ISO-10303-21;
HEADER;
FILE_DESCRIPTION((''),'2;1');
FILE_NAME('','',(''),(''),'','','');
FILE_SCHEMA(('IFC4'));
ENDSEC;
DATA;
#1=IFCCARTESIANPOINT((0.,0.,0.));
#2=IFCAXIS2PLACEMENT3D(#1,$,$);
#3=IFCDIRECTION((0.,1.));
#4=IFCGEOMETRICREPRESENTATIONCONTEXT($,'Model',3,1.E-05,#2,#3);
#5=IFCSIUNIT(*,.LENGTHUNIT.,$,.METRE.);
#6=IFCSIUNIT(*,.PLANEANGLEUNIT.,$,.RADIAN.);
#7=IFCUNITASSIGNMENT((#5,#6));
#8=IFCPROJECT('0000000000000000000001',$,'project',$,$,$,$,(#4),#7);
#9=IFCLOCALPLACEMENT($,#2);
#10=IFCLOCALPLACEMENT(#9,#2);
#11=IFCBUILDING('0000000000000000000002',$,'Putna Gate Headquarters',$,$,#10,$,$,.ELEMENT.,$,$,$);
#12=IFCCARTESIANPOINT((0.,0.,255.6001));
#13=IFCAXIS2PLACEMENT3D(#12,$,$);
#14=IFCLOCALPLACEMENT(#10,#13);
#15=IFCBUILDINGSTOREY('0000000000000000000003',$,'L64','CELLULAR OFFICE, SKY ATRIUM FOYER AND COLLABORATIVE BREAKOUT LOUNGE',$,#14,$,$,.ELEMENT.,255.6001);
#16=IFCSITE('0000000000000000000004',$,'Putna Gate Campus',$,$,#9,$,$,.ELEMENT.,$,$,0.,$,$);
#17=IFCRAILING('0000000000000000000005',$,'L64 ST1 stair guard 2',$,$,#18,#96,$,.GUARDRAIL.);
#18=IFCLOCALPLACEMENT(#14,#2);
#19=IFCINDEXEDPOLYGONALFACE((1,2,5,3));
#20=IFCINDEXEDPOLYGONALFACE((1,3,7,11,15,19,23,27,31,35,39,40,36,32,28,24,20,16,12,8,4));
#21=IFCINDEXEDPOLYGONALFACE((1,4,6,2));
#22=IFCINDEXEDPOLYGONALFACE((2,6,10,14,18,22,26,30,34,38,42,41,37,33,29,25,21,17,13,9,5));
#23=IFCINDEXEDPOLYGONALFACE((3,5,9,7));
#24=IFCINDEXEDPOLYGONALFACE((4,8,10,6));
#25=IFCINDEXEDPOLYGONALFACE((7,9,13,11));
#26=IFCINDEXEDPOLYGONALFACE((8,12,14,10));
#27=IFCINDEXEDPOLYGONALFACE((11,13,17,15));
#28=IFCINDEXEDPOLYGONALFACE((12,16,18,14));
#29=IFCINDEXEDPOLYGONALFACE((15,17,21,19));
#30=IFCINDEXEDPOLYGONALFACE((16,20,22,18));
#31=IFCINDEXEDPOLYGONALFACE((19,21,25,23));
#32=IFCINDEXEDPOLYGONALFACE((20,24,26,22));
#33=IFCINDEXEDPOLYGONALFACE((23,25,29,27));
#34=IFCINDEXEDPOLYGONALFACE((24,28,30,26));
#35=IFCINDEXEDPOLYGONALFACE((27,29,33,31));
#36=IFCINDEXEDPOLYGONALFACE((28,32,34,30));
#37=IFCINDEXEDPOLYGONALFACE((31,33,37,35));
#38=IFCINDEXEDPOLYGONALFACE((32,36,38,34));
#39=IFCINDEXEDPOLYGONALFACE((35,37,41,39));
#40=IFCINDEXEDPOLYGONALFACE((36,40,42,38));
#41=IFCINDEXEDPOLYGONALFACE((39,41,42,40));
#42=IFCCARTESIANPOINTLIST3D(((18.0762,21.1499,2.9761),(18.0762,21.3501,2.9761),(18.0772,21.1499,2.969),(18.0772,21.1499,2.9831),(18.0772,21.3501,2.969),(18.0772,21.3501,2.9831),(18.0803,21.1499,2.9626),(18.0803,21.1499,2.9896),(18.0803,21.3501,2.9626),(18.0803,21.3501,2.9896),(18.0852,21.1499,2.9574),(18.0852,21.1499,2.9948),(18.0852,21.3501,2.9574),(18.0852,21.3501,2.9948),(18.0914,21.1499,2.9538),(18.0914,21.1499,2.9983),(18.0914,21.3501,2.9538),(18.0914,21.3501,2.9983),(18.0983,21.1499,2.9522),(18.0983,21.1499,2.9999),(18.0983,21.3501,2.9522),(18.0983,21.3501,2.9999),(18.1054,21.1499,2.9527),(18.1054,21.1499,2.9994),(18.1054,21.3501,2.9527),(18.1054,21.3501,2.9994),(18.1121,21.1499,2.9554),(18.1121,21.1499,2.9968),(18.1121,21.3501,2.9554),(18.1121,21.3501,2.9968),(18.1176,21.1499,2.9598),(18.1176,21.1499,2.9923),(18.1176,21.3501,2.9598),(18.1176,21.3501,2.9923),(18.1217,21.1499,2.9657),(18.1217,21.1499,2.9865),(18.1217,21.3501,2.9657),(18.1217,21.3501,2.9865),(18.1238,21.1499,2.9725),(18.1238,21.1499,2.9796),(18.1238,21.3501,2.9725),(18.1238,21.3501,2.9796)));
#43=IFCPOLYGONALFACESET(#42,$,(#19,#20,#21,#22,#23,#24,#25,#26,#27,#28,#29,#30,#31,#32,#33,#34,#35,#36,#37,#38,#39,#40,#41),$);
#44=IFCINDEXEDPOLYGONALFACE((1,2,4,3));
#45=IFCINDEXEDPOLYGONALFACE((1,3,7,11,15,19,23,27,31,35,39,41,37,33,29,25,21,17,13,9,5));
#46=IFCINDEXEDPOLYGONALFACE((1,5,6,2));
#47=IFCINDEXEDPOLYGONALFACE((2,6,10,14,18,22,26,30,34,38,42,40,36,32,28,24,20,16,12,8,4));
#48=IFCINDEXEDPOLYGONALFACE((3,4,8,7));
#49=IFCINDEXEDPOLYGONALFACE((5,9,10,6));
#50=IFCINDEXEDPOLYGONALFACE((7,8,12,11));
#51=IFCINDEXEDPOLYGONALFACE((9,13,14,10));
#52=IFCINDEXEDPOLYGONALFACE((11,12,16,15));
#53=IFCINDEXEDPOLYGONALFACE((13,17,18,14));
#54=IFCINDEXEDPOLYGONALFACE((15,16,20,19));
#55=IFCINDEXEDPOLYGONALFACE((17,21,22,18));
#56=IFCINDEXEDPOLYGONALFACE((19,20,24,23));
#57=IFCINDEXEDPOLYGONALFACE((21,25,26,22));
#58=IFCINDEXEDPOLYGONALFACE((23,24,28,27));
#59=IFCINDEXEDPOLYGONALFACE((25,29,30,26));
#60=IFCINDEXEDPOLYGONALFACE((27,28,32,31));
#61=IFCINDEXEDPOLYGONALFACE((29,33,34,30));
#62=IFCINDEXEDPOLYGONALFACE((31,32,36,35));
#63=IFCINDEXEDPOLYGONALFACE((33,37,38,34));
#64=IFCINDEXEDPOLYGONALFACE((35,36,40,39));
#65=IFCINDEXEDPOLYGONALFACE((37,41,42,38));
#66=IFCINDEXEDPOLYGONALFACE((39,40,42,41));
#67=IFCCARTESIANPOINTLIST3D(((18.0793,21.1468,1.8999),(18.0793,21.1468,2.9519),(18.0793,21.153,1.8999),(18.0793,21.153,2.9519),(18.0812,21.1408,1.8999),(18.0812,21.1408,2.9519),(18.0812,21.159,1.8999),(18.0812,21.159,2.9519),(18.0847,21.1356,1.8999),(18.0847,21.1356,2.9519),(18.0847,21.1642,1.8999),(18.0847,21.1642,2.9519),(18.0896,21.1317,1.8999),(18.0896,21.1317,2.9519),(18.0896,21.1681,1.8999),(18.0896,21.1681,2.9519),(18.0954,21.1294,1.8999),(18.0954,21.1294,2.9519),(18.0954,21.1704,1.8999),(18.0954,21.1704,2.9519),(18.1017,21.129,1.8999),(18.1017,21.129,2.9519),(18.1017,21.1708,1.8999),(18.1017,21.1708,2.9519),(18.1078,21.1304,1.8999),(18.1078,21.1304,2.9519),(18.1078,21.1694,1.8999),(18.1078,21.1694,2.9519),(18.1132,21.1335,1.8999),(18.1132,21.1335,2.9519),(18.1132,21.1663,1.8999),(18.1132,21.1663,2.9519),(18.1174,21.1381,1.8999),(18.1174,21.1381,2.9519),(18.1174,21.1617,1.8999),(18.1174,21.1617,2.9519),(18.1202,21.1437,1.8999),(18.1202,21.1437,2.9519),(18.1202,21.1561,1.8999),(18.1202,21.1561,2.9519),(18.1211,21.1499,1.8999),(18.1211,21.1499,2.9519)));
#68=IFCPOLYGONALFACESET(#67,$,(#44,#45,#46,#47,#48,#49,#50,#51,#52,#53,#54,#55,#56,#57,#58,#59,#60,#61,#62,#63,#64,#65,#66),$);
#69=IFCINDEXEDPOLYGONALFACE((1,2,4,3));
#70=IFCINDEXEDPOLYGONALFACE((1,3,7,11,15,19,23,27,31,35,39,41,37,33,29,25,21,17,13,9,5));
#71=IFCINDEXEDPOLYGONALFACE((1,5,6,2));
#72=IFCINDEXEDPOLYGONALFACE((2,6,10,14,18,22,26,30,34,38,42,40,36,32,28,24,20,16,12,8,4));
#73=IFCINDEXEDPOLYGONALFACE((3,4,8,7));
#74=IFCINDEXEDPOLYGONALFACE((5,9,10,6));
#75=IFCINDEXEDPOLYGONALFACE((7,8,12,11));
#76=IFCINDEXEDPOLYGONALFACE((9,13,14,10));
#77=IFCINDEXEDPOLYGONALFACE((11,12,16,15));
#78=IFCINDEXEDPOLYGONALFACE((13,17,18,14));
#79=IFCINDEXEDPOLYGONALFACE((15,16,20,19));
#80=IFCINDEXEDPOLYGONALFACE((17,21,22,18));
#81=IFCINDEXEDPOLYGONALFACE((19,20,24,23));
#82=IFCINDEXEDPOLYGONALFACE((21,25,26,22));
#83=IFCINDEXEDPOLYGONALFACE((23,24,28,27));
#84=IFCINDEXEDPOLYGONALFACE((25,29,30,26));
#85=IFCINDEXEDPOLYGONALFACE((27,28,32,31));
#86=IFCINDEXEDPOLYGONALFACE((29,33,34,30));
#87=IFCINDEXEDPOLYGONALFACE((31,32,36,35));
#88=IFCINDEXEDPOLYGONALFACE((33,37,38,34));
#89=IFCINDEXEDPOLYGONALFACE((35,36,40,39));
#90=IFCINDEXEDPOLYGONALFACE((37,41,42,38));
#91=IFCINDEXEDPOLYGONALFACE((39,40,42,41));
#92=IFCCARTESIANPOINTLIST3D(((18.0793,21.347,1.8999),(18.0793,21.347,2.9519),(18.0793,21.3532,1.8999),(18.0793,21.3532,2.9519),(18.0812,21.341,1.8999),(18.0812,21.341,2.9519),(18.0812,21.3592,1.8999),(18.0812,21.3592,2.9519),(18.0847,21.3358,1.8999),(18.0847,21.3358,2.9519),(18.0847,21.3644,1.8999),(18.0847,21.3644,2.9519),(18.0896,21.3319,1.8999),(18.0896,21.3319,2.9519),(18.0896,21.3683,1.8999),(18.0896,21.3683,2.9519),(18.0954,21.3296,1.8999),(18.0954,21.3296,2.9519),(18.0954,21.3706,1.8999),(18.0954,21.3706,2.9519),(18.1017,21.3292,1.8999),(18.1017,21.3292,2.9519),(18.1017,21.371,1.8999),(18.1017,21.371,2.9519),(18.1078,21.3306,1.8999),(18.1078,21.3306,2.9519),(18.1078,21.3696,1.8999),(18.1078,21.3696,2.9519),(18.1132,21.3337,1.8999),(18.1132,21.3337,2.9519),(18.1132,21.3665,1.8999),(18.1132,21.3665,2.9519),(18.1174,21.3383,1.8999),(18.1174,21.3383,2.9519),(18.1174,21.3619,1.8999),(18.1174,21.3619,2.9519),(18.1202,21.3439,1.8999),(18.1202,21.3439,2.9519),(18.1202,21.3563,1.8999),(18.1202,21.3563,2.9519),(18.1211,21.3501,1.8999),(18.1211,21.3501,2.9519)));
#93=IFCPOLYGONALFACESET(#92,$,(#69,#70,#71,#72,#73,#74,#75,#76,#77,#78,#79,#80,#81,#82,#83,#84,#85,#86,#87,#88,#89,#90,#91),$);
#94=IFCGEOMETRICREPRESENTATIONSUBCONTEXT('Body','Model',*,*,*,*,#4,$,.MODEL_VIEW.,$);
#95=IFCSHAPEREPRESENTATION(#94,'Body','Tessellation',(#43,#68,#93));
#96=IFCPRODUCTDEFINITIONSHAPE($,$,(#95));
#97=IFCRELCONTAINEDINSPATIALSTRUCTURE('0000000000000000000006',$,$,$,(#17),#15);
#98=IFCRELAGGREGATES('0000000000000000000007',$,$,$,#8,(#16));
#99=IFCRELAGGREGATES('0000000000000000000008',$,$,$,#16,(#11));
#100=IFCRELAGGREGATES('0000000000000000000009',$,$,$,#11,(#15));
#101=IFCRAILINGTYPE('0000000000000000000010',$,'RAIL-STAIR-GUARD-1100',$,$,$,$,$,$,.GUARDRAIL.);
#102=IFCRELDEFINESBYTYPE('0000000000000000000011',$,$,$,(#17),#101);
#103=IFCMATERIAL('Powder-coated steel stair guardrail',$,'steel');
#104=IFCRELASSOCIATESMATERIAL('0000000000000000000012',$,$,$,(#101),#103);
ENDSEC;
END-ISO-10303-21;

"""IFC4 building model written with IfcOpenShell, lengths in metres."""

from ifc_helpers import new_model, si_unit, direction, frame, origin, origin_2d, place, context, subcontext, project, spatial, circle, extrude, material, type_object, element, save


model = new_model("IFC4")

# Units and contexts
model_context = context("Model", 3, precision=1e-05, world=origin(), true_north=direction((0.0, 1.0)))
body_context = subcontext(model_context, "Body", "Model", "MODEL_VIEW")
ifc_project = project(units=[si_unit("LENGTHUNIT", "METRE"), si_unit("PLANEANGLEUNIT", "RADIAN")], contexts=[model_context])

# Site, building, storey
site_placement = place(None, origin())
site = spatial("IfcSite", under=ifc_project, at=site_placement, Name="Putna Gate Campus", CompositionType="ELEMENT", RefElevation=0.0)
building_placement = place(site_placement, origin())
building = spatial("IfcBuilding", under=site, at=building_placement, Name="Putna Gate Headquarters", CompositionType="ELEMENT")
storey_placement = place(building_placement, frame((0.0, 0.0, 255.6001)))
storey = spatial("IfcBuildingStorey", under=building, at=storey_placement, Name="L64", Description="CELLULAR OFFICE, SKY ATRIUM FOYER AND COLLABORATIVE BREAKOUT LOUNGE", CompositionType="ELEMENT", Elevation=255.6001)

# Railing
ifc_material_1 = material(Name="Powder-coated steel stair guardrail", Category="steel")
railing_type = type_object("IfcRailingType", Name="RAIL-STAIR-GUARD-1100", PredefinedType="GUARDRAIL", material=ifc_material_1)
railing_1_placement = place(storey_placement, frame((18.1001, 21.1499, 1.8999)))
element("IfcRailing", 1, at=railing_1_placement, inside=storey, type_object=railing_type, Name="L64 ST1 stair guard 2", PredefinedType="GUARDRAIL", context=body_context, shape_type="SweptSolid", body=[
    extrude(circle(Radius=0.0239, at=origin_2d()), frame((0.0, 0.0, 1.0762), z_axis=(0.0, 1.0, 0.0), x_axis=(-1.0, 0.0, 0.0)), (0.0, 0.0, 1.0), 0.2002),
    extrude(circle(Radius=0.021, at=origin_2d()), origin(), (0.0, 0.0, 1.0), 1.052),
    extrude(circle(Radius=0.021, at=origin_2d()), frame((0.0, 0.2002, 0.0)), (0.0, 0.0, 1.0), 1.052),
])

save(model, "model.ifc")
